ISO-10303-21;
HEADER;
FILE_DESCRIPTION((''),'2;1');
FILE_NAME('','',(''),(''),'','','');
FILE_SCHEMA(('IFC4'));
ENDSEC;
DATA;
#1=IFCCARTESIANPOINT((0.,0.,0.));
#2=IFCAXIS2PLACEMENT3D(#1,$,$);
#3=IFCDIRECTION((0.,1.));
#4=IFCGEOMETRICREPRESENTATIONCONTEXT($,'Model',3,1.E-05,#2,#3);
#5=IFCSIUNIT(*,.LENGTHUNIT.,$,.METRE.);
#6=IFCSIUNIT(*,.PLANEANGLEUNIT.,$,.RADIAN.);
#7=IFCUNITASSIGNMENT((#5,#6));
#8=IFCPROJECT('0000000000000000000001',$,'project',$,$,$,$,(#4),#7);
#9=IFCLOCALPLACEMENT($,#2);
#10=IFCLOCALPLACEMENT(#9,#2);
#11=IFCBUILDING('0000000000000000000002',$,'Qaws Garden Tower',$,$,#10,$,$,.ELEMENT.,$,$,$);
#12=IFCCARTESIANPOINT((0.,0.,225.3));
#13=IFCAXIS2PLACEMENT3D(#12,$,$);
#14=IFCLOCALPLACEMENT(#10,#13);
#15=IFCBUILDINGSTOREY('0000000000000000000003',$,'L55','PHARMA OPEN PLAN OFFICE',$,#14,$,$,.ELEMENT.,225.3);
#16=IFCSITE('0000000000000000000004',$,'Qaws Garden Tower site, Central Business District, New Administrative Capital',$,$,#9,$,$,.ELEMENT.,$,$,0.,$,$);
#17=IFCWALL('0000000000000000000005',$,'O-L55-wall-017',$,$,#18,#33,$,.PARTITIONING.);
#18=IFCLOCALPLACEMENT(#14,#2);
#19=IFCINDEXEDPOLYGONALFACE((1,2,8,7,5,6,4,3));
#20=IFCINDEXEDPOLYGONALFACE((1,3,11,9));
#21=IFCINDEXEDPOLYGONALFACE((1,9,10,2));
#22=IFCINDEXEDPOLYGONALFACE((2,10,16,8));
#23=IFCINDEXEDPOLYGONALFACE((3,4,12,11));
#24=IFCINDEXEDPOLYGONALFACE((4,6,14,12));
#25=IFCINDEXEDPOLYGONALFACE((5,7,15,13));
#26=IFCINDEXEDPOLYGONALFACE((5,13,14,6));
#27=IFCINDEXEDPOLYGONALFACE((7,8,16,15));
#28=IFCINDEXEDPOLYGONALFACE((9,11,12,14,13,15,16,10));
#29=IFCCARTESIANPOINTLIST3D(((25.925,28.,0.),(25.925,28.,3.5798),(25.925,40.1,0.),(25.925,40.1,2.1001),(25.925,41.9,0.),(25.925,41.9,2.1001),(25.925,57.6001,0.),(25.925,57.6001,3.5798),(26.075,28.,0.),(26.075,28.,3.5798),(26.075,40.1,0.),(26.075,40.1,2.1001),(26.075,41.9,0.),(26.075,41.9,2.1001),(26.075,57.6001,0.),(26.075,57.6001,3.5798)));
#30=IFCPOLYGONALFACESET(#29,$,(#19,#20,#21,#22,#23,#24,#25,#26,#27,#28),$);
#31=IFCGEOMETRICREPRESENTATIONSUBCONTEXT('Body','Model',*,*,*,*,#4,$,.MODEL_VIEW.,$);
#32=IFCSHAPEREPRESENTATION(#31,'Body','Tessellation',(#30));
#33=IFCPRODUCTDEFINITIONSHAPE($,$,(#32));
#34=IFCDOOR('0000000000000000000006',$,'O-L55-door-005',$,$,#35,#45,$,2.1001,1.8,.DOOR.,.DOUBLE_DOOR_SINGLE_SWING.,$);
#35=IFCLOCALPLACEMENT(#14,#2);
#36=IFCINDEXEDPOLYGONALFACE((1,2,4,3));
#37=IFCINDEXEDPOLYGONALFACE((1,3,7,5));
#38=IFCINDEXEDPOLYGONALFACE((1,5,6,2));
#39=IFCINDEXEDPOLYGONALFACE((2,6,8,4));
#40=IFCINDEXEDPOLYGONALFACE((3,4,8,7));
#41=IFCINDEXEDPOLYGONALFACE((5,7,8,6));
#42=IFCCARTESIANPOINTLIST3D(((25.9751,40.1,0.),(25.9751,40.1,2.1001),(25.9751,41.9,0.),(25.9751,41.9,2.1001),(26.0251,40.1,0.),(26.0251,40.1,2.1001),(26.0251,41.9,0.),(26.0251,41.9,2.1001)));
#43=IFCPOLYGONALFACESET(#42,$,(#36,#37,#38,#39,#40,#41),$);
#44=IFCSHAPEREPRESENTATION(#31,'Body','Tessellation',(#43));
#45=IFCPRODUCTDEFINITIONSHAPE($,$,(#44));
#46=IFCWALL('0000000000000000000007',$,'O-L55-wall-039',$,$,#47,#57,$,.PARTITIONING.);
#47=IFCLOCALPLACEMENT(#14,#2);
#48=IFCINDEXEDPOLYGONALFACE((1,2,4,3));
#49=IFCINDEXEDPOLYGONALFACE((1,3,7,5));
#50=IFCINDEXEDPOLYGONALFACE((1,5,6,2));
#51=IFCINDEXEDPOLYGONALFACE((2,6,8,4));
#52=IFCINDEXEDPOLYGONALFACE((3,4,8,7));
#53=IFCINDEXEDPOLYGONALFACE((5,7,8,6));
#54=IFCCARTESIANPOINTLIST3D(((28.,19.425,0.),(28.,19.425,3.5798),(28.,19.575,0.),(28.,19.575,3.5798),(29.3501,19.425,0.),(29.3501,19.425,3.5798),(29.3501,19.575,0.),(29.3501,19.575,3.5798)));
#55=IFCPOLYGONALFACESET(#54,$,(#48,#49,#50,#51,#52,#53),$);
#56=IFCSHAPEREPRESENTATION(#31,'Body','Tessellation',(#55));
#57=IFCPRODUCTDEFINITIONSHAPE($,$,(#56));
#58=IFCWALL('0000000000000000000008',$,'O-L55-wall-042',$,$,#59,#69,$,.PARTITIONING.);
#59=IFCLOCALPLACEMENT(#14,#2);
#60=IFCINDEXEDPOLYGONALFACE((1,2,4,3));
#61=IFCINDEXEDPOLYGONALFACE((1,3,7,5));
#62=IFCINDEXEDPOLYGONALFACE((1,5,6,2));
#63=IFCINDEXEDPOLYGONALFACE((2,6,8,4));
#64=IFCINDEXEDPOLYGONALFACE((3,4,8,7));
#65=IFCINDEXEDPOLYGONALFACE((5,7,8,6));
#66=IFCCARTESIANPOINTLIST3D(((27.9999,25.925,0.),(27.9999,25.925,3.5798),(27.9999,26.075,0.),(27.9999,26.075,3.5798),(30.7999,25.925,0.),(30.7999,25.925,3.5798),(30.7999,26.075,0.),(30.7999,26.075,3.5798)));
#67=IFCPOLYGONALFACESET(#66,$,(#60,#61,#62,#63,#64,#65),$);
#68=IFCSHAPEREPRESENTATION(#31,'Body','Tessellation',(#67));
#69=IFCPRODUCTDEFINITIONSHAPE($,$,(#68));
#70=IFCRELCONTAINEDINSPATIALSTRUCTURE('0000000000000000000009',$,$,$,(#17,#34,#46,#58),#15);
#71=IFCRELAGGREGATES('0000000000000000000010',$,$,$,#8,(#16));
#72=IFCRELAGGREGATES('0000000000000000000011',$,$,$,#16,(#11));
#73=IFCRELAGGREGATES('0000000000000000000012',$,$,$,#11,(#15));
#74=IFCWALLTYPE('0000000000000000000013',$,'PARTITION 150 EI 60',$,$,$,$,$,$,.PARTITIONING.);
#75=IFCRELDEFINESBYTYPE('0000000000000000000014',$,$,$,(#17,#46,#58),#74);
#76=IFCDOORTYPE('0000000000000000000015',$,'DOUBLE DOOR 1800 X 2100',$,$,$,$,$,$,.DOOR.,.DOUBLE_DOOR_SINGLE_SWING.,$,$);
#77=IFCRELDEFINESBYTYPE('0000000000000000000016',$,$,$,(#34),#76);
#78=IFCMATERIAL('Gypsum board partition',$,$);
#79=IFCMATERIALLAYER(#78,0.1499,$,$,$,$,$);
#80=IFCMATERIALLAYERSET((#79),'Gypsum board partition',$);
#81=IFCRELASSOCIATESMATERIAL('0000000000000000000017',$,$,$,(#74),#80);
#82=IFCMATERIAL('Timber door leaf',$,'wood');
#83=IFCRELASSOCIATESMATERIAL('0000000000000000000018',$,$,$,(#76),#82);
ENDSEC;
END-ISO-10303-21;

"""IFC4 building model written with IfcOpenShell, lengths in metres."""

from ifc_helpers import new_model, si_unit, direction, frame, frame_2d, origin, place, context, subcontext, project, spatial, rectangle, extrude, material, layer, layer_set, type_object, element, fill, save


model = new_model("IFC4")

# Units and contexts
model_context = context("Model", 3, precision=1e-05, world=origin(), true_north=direction((0.0, 1.0)))
body_context = subcontext(model_context, "Body", "Model", "MODEL_VIEW")
ifc_project = project(units=[si_unit("LENGTHUNIT", "METRE"), si_unit("PLANEANGLEUNIT", "RADIAN")], contexts=[model_context])

# Site, building, storey
site_placement = place(None, origin())
site = spatial("IfcSite", under=ifc_project, at=site_placement, Name="Qaws Garden Tower site, Central Business District, New Administrative Capital", CompositionType="ELEMENT", RefElevation=0.0)
building_placement = place(site_placement, origin())
building = spatial("IfcBuilding", under=site, at=building_placement, Name="Qaws Garden Tower", CompositionType="ELEMENT")
storey_placement = place(building_placement, frame((0.0, 0.0, 225.3)))
storey = spatial("IfcBuildingStorey", under=building, at=storey_placement, Name="L55", Description="PHARMA OPEN PLAN OFFICE", CompositionType="ELEMENT", Elevation=225.3)

# Shared definitions
ifc_material_1 = material(Name="Gypsum board partition")
ifc_layer_1 = layer(ifc_material_1, 0.1499)
ifc_layer_set_1 = layer_set([ifc_layer_1], Name="Gypsum board partition")
wall_type_1 = type_object("IfcWallType", Name="PARTITION 150 EI 60", PredefinedType="PARTITIONING", material=ifc_layer_set_1)

# Wall, opening, door
wall_1_placement = place(storey_placement, frame((26.0, 28.0, 0.0), z_axis=(0.0, 0.0, 1.0), x_axis=(0.0, 1.0, 0.0)))
wall_1 = element("IfcWall", 1, at=wall_1_placement, inside=storey, type_object=wall_type_1, Name="O-L55-wall-017", PredefinedType="PARTITIONING", context=body_context, shape_type="SweptSolid", body=[
    extrude(rectangle(XDim=29.6001, YDim=0.1499, at=frame_2d((14.8, 0.0))), origin(), (0.0, 0.0, 1.0), 3.5798),
])
opening_1_placement = place(wall_1_placement, frame((12.1001, 0.0, 0.0)))
opening_1 = element("IfcOpeningElement", 2, at=opening_1_placement, cuts=wall_1, PredefinedType="OPENING", context=body_context, shape_type="SweptSolid", body=[
    extrude(rectangle(XDim=1.8, YDim=2.1001, at=frame_2d((0.8999, 1.05))), frame((0.0, 0.085, 0.0), z_axis=(0.0, -1.0, 0.0), x_axis=(1.0, 0.0, 0.0)), (0.0, 0.0, 1.0), 0.1699),
])
ifc_material_2 = material(Name="Timber door leaf", Category="wood")
door_type_1 = type_object("IfcDoorType", Name="DOUBLE DOOR 1800 X 2100", OperationType="DOUBLE_DOOR_SINGLE_SWING", PredefinedType="DOOR", material=ifc_material_2)
door_1_placement = place(opening_1_placement, origin())
door_1 = element("IfcDoor", 3, at=door_1_placement, inside=storey, type_object=door_type_1, Name="O-L55-door-005", OperationType="DOUBLE_DOOR_SINGLE_SWING", OverallHeight=2.1001, OverallWidth=1.8, PredefinedType="DOOR", context=body_context, shape_type="SweptSolid", body=[
    extrude(rectangle(XDim=1.8, YDim=2.1001, at=frame_2d((0.8999, 1.05))), frame((0.0, 0.0249, 0.0), z_axis=(0.0, -1.0, 0.0), x_axis=(1.0, 0.0, 0.0)), (0.0, 0.0, 1.0), 0.05),
])
fill(opening_1, door_1)

# Walls
wall_2_placement = place(storey_placement, frame((28.0, 19.5, 0.0), z_axis=(0.0, 0.0, 1.0), x_axis=(1.0, 0.0, 0.0)))
element("IfcWall", 4, at=wall_2_placement, inside=storey, type_object=wall_type_1, Name="O-L55-wall-039", PredefinedType="PARTITIONING", context=body_context, shape_type="SweptSolid", body=[
    extrude(rectangle(XDim=1.3501, YDim=0.1499, at=frame_2d((0.675, 0.0))), origin(), (0.0, 0.0, 1.0), 3.5798),
])
wall_3_placement = place(storey_placement, frame((28.0, 26.0, 0.0), z_axis=(0.0, 0.0, 1.0), x_axis=(1.0, 0.0, 0.0)))
element("IfcWall", 5, at=wall_3_placement, inside=storey, type_object=wall_type_1, Name="O-L55-wall-042", PredefinedType="PARTITIONING", context=body_context, shape_type="SweptSolid", body=[
    extrude(rectangle(XDim=2.8, YDim=0.1499, at=frame_2d((1.3999, 0.0))), origin(), (0.0, 0.0, 1.0), 3.5798),
])

save(model, "model.ifc")
